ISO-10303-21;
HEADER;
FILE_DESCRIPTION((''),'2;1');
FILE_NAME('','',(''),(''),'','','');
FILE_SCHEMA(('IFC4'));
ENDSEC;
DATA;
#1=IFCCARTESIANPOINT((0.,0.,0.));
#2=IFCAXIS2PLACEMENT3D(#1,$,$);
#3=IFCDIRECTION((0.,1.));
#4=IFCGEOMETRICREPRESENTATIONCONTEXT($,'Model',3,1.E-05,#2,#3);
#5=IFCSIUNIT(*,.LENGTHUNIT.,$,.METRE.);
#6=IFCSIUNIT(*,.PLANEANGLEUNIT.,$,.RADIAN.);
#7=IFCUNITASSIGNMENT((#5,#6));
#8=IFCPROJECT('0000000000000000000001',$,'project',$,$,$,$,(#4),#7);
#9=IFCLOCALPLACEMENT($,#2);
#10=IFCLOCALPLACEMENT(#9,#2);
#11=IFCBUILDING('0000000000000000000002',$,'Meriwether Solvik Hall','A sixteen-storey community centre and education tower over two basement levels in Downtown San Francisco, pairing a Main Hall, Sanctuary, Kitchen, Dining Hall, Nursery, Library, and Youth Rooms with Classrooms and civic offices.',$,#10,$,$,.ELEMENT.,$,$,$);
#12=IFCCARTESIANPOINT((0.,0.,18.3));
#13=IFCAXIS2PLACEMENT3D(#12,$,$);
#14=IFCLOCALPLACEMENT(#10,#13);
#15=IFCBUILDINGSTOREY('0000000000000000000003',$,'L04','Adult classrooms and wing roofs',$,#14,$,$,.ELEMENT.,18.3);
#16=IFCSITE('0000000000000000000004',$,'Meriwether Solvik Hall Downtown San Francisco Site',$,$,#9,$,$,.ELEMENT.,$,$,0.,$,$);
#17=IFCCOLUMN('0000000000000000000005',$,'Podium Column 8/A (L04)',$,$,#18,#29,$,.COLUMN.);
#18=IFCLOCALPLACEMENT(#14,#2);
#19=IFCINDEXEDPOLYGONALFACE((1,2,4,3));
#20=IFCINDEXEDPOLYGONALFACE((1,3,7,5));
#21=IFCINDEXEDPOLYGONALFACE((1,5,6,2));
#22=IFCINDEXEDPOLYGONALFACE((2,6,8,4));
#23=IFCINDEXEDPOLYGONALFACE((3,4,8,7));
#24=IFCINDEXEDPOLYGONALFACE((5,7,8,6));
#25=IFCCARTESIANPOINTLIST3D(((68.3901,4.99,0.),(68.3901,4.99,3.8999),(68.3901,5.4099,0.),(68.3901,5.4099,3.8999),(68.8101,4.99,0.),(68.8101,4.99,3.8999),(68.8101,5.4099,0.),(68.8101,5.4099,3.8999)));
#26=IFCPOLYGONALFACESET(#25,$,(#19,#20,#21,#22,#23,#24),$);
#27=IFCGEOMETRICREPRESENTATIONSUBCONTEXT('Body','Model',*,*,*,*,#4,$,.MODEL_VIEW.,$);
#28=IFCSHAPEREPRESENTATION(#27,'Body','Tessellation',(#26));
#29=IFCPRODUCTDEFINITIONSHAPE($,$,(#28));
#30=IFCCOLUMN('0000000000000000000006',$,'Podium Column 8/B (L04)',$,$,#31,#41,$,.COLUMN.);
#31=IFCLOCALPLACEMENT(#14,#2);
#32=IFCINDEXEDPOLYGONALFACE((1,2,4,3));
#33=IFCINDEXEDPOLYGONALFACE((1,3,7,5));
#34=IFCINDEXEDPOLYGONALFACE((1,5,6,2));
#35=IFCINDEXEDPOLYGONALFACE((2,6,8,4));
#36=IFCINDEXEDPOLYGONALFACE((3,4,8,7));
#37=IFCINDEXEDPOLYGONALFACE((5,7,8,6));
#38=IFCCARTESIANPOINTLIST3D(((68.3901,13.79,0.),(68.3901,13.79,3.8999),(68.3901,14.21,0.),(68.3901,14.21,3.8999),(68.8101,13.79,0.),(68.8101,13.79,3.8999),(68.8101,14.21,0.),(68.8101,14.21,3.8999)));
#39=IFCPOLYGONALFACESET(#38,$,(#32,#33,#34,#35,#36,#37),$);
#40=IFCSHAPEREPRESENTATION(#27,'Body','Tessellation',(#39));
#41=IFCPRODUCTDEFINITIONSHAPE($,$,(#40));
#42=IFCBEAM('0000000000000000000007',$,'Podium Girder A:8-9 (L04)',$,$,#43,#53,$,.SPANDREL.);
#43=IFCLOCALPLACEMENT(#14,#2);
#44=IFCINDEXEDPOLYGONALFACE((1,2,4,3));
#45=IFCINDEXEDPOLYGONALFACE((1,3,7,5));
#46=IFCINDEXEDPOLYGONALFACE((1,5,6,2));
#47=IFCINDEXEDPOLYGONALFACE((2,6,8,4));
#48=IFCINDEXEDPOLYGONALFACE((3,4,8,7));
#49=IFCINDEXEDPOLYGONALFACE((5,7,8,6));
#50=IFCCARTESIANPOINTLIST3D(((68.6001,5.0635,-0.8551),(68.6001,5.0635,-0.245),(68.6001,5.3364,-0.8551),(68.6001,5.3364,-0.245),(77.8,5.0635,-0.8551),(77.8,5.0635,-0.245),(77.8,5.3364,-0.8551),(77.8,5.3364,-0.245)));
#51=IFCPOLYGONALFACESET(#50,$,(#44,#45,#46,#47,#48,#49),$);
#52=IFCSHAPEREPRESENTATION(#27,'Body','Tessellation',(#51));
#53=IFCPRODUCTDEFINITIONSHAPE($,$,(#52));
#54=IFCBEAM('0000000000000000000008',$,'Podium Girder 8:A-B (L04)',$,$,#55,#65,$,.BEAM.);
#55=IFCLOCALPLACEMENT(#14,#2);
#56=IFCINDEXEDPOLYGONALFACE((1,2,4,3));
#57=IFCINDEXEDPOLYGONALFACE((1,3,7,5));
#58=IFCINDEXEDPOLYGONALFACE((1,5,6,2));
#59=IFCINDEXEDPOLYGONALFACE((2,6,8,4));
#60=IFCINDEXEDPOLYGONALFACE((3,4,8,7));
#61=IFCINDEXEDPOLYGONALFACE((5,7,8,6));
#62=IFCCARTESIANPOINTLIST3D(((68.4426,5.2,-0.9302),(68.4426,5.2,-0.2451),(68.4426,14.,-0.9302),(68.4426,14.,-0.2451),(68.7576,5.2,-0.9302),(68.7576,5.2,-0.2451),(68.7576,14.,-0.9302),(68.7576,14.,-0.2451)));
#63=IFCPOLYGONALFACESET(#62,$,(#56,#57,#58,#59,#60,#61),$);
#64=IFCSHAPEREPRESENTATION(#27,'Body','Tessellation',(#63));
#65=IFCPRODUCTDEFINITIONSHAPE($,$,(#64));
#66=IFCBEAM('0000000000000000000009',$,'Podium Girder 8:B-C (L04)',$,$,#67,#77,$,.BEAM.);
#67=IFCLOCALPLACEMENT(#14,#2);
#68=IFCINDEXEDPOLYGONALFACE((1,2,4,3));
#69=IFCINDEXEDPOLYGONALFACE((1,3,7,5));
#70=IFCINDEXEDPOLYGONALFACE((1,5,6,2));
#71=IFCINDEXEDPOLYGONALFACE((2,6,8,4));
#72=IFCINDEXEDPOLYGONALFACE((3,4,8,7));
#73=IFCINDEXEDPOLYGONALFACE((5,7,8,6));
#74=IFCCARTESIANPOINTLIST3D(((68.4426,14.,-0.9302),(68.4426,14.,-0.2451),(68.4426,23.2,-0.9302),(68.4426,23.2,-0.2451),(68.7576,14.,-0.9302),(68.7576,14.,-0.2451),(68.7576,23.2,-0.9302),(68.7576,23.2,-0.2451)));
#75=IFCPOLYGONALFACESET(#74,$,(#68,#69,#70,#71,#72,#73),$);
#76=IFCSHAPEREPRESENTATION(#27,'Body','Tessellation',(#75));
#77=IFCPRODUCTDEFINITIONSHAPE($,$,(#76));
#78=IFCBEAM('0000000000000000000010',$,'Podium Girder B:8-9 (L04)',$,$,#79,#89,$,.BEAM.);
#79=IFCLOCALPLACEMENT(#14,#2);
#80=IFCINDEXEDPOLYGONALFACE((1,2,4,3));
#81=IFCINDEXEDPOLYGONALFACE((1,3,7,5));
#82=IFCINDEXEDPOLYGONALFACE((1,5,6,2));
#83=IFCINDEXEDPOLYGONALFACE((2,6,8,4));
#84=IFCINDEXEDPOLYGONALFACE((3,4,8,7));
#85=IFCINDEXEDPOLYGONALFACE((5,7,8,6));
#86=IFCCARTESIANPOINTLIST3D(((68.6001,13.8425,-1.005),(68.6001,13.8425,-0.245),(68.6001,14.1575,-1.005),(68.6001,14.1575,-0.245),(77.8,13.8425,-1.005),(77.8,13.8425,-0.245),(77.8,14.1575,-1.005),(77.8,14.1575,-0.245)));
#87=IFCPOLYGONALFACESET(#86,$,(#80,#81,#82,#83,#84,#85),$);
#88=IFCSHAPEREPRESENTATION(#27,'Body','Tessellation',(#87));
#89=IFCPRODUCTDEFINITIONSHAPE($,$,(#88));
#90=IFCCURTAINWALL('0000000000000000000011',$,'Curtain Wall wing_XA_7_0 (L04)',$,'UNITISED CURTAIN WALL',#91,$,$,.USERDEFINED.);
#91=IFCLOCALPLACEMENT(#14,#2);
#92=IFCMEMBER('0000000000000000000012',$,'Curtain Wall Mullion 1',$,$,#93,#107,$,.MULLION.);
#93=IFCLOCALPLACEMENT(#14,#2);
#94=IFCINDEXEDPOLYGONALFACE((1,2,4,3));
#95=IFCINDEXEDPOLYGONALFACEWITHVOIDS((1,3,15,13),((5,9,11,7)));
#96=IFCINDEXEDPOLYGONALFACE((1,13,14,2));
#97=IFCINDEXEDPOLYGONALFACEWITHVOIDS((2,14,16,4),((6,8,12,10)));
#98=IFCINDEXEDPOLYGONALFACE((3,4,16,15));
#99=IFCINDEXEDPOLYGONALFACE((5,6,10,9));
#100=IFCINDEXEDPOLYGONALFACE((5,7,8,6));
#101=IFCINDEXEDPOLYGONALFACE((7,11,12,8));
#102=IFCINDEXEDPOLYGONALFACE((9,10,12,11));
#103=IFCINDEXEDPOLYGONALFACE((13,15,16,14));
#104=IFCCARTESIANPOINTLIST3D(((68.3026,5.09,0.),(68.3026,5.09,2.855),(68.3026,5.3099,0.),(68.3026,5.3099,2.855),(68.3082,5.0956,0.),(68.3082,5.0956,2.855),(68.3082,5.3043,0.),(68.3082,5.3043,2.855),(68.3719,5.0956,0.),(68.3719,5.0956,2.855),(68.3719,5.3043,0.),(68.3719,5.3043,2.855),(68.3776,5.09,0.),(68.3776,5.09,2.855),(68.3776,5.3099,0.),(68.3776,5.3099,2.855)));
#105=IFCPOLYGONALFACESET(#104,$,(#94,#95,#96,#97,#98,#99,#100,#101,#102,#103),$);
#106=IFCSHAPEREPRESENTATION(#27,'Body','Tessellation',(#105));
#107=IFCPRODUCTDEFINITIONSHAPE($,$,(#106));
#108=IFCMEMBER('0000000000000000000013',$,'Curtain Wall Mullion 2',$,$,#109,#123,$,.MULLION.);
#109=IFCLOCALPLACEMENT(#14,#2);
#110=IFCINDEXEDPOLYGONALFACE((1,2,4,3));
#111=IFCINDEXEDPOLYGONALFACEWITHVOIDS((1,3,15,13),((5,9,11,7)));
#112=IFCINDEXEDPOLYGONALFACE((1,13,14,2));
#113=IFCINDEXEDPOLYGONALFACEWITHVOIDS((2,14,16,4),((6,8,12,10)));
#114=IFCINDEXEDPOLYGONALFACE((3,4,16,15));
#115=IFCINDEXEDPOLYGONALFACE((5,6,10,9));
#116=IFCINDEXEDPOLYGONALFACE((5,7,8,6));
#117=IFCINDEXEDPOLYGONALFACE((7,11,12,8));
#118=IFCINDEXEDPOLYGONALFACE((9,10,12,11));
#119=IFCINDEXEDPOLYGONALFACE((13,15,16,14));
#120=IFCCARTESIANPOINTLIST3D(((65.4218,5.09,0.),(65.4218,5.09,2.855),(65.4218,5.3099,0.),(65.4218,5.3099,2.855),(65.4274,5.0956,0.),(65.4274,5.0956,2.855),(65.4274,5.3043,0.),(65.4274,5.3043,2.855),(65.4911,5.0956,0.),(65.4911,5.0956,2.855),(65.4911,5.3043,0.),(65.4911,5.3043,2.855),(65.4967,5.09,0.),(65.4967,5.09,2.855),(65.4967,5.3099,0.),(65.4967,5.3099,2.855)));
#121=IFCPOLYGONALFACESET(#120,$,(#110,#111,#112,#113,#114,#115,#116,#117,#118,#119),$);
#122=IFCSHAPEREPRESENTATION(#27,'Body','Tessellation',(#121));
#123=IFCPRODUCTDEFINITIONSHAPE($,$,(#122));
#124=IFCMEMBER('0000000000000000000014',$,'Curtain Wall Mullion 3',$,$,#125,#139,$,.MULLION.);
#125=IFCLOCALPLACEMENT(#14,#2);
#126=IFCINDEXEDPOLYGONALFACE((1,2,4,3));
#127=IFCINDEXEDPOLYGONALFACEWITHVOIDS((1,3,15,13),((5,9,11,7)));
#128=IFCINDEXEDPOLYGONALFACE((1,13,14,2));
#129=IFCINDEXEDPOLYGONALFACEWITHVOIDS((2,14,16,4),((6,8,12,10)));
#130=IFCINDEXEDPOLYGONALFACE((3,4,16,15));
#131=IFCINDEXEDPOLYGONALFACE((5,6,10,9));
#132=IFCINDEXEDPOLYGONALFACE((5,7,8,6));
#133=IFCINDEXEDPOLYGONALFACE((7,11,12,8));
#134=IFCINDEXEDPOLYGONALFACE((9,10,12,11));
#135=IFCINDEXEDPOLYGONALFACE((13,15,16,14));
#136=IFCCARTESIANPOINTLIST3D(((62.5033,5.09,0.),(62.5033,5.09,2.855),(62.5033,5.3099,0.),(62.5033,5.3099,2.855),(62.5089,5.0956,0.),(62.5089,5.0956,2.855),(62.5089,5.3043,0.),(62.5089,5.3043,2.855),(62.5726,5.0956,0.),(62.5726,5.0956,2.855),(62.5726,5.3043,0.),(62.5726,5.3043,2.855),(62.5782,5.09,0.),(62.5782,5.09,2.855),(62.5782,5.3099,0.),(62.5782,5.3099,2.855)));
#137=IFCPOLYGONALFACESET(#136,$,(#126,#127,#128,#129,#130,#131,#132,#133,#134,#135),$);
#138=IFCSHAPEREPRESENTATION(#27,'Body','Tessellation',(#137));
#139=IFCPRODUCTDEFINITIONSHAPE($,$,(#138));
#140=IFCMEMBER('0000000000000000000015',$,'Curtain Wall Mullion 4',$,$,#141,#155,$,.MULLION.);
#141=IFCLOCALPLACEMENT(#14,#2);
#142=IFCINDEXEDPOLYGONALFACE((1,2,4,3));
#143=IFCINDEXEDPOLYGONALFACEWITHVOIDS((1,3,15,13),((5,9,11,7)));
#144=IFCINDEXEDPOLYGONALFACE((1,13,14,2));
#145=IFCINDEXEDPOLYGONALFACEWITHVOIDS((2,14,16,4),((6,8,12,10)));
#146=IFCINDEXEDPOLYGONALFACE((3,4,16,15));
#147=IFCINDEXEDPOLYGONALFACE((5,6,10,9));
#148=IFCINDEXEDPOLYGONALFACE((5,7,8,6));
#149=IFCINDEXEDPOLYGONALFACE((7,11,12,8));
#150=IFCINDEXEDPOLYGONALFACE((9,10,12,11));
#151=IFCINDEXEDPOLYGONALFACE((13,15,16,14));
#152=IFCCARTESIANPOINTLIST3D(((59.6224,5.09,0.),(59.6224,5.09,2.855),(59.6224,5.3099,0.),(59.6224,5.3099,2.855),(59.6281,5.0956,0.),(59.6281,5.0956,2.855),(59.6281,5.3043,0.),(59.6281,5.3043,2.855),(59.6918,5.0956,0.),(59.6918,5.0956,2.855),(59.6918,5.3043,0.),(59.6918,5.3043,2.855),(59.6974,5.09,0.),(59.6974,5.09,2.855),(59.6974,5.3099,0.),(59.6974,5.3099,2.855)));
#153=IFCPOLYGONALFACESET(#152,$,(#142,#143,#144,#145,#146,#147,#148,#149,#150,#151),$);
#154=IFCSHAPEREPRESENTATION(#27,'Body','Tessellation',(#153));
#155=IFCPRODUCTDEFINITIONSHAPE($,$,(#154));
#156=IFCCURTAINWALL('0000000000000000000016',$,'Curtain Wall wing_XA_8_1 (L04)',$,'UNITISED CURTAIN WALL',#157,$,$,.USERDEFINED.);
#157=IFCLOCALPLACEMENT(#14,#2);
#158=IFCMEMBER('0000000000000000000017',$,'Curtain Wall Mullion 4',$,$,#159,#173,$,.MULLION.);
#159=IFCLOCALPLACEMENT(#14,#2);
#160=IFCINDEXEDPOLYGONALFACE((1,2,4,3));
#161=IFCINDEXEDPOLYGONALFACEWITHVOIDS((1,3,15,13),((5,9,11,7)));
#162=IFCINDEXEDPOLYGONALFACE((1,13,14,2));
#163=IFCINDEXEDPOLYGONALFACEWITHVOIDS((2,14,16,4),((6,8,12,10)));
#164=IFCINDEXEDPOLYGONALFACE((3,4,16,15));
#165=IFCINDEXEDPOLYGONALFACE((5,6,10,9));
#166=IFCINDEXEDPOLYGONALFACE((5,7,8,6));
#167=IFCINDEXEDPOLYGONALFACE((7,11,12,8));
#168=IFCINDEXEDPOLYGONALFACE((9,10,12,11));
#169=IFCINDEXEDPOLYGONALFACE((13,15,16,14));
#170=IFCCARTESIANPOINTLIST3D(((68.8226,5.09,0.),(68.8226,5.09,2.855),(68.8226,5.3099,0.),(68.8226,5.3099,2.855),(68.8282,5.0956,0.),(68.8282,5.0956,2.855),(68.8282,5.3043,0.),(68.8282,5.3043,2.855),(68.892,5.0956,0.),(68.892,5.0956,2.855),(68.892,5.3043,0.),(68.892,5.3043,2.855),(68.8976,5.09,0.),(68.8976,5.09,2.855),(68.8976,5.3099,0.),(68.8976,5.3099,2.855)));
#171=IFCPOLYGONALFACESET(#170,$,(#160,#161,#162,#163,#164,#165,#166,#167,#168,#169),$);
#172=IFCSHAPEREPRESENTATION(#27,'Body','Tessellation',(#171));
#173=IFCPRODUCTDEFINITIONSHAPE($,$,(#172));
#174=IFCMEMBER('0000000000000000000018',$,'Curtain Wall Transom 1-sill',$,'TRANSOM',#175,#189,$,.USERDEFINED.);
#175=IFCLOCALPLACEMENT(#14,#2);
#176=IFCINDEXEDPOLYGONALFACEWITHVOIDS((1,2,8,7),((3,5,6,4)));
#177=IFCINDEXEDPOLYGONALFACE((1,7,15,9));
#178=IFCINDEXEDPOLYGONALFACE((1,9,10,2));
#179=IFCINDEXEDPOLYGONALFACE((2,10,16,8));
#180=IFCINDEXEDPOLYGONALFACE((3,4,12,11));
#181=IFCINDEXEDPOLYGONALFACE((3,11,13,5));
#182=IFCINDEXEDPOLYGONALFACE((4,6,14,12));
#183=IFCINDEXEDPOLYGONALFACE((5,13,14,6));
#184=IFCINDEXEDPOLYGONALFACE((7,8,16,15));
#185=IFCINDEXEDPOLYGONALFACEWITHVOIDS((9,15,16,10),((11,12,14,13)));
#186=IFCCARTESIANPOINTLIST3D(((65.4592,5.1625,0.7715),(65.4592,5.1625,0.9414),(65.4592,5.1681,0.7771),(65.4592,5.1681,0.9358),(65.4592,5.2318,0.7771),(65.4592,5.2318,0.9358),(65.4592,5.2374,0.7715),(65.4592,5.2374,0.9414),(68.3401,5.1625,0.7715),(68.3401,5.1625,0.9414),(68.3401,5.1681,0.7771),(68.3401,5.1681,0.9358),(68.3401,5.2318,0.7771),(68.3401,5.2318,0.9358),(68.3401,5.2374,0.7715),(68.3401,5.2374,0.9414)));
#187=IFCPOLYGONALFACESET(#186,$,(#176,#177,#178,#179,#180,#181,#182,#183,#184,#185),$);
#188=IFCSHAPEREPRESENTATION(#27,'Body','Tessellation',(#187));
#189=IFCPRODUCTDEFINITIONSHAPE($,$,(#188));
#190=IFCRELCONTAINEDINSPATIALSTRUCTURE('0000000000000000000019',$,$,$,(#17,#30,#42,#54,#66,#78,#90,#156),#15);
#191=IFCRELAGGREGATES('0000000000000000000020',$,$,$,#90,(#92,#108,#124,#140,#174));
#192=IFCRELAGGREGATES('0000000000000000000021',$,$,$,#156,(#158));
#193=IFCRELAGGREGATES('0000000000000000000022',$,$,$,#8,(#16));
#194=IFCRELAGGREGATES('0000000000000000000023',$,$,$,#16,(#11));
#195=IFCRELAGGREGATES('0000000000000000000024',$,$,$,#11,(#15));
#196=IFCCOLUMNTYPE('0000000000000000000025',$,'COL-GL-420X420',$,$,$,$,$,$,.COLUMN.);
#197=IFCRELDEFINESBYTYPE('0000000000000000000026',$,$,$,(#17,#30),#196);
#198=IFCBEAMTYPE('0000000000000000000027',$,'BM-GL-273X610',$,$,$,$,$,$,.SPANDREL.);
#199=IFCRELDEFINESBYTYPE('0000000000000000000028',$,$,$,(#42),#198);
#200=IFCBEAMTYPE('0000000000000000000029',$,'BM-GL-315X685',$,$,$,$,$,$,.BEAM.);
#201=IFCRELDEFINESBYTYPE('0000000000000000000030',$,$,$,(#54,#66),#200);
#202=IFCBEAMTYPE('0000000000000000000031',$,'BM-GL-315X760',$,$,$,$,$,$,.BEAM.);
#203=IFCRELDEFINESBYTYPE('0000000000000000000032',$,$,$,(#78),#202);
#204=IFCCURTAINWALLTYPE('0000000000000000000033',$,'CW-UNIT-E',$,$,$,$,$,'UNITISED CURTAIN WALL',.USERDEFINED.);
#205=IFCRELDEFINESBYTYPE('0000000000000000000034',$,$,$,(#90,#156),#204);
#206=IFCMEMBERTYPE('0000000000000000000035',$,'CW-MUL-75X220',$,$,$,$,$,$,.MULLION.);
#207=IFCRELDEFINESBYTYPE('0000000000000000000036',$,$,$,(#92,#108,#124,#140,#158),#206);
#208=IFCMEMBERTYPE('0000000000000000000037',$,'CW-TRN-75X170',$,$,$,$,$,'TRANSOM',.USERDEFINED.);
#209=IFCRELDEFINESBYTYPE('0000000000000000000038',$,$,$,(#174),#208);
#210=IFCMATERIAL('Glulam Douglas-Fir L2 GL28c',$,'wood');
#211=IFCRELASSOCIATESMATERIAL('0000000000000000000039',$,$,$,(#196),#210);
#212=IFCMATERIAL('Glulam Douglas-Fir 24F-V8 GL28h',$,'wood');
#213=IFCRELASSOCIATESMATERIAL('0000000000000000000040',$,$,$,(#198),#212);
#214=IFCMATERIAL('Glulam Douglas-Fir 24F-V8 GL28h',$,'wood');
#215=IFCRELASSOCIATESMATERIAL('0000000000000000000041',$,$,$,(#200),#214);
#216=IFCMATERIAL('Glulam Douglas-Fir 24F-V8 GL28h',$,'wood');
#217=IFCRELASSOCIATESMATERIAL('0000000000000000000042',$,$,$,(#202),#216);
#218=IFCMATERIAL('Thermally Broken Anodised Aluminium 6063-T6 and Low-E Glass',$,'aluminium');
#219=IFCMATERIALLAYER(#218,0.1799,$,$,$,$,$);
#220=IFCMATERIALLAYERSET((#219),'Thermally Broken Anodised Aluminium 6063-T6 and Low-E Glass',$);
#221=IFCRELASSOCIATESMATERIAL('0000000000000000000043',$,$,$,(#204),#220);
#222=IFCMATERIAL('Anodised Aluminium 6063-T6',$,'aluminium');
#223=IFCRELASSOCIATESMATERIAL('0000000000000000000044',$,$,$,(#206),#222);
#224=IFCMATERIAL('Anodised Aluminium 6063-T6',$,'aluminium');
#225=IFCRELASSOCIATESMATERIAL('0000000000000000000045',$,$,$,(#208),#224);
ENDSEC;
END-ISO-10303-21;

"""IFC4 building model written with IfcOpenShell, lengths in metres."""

from ifc_helpers import new_model, si_unit, direction, frame, origin, origin_2d, place, context, subcontext, project, spatial, rectangle, hollow_rectangle, extrude, material, layer, layer_set, material_profile, profile_set, type_object, element, aggregate, save


model = new_model("IFC4")

# Units and contexts
model_context = context("Model", 3, precision=1e-05, world=origin(), true_north=direction((0.0, 1.0)))
body_context = subcontext(model_context, "Body", "Model", "MODEL_VIEW")
ifc_project = project(units=[si_unit("LENGTHUNIT", "METRE"), si_unit("PLANEANGLEUNIT", "RADIAN")], contexts=[model_context])

# Site, building, storey
site_placement = place(None, origin())
site = spatial("IfcSite", under=ifc_project, at=site_placement, Name="Meriwether Solvik Hall Downtown San Francisco Site", CompositionType="ELEMENT", RefElevation=0.0)
building_placement = place(site_placement, origin())
building = spatial("IfcBuilding", under=site, at=building_placement, Name="Meriwether Solvik Hall", Description="A sixteen-storey community centre and education tower over two basement levels in Downtown San Francisco, pairing a Main Hall, Sanctuary, Kitchen, Dining Hall, Nursery, Library, and Youth Rooms with Classrooms and civic offices.", CompositionType="ELEMENT")
storey_placement = place(building_placement, frame((0.0, 0.0, 18.3)))
storey = spatial("IfcBuildingStorey", under=building, at=storey_placement, Name="L04", Description="Adult classrooms and wing roofs", CompositionType="ELEMENT", Elevation=18.3)

# Columns
ifc_material_1 = material(Name="Glulam Douglas-Fir L2 GL28c", Category="wood")
ifc_material_profile_1 = material_profile(ifc_material_1, rectangle(XDim=0.4199, YDim=0.4199, at=origin_2d()), Name="GLC-420X420")
ifc_profile_set_1 = profile_set([ifc_material_profile_1], Name="Glulam Douglas-Fir L2 GL28c")
column_type = type_object("IfcColumnType", Name="COL-GL-420X420", PredefinedType="COLUMN", material=ifc_profile_set_1)
for number, where, z_axis, x_axis, name in (
    (1, (68.6001, 5.2, 0.0), (0.0, 0.0, 1.0), (1.0, 0.0, 0.0), "Podium Column 8/A (L04)"),
    (2, (68.6001, 14.0, 0.0), (0.0, 0.0, 1.0), (1.0, 0.0, 0.0), "Podium Column 8/B (L04)"),
):
    element("IfcColumn", number, at=place(storey_placement, frame(where, z_axis=z_axis, x_axis=x_axis)), inside=storey, type_object=column_type, Name=name, PredefinedType="COLUMN", context=body_context, shape_type="SweptSolid", body=[
        extrude(rectangle(XDim=0.4199, YDim=0.4199, at=origin_2d()), origin(), (0.0, 0.0, 1.0), 3.8999),
    ])

# Beams
ifc_material_2 = material(Name="Glulam Douglas-Fir 24F-V8 GL28h", Category="wood")
ifc_material_profile_2 = material_profile(ifc_material_2, rectangle(XDim=0.2729, YDim=0.6101, at=origin_2d()), Name="GLB-273X610")
ifc_profile_set_2 = profile_set([ifc_material_profile_2], Name="Glulam Douglas-Fir 24F-V8 GL28h")
beam_type_1 = type_object("IfcBeamType", Name="BM-GL-273X610", PredefinedType="SPANDREL", material=ifc_profile_set_2)
beam_1_placement = place(storey_placement, frame((68.6001, 5.2, -0.55), z_axis=(1.0, 0.0, 0.0), x_axis=(0.0, 1.0, 0.0)))
element("IfcBeam", 3, at=beam_1_placement, inside=storey, type_object=beam_type_1, Name="Podium Girder A:8-9 (L04)", PredefinedType="SPANDREL", context=body_context, shape_type="SweptSolid", body=[
    extrude(rectangle(XDim=0.2729, YDim=0.6101, at=origin_2d()), origin(), (0.0, 0.0, 1.0), 9.2),
])
ifc_material_3 = material(Name="Glulam Douglas-Fir 24F-V8 GL28h", Category="wood")
ifc_material_profile_3 = material_profile(ifc_material_3, rectangle(XDim=0.3149, YDim=0.6851, at=origin_2d()), Name="GLB-315X685")
ifc_profile_set_3 = profile_set([ifc_material_profile_3], Name="Glulam Douglas-Fir 24F-V8 GL28h")
beam_type_2 = type_object("IfcBeamType", Name="BM-GL-315X685", PredefinedType="BEAM", material=ifc_profile_set_3)
beam_2_placement = place(storey_placement, frame((68.6001, 5.2, -0.5876), z_axis=(0.0, 1.0, 0.0), x_axis=(-1.0, 0.0, 0.0)))
element("IfcBeam", 4, at=beam_2_placement, inside=storey, type_object=beam_type_2, Name="Podium Girder 8:A-B (L04)", PredefinedType="BEAM", context=body_context, shape_type="SweptSolid", body=[
    extrude(rectangle(XDim=0.3149, YDim=0.6851, at=origin_2d()), origin(), (0.0, 0.0, 1.0), 8.8),
])
beam_3_placement = place(storey_placement, frame((68.6001, 14.0, -0.5876), z_axis=(0.0, 1.0, 0.0), x_axis=(-1.0, 0.0, 0.0)))
element("IfcBeam", 5, at=beam_3_placement, inside=storey, type_object=beam_type_2, Name="Podium Girder 8:B-C (L04)", PredefinedType="BEAM", context=body_context, shape_type="SweptSolid", body=[
    extrude(rectangle(XDim=0.3149, YDim=0.6851, at=origin_2d()), origin(), (0.0, 0.0, 1.0), 9.2),
])
ifc_material_4 = material(Name="Glulam Douglas-Fir 24F-V8 GL28h", Category="wood")
ifc_material_profile_4 = material_profile(ifc_material_4, rectangle(XDim=0.3149, YDim=0.76, at=origin_2d()), Name="GLB-315X760")
ifc_profile_set_4 = profile_set([ifc_material_profile_4], Name="Glulam Douglas-Fir 24F-V8 GL28h")
beam_type_3 = type_object("IfcBeamType", Name="BM-GL-315X760", PredefinedType="BEAM", material=ifc_profile_set_4)
beam_4_placement = place(storey_placement, frame((68.6001, 14.0, -0.625), z_axis=(1.0, 0.0, 0.0), x_axis=(0.0, 1.0, 0.0)))
element("IfcBeam", 6, at=beam_4_placement, inside=storey, type_object=beam_type_3, Name="Podium Girder B:8-9 (L04)", PredefinedType="BEAM", context=body_context, shape_type="SweptSolid", body=[
    extrude(rectangle(XDim=0.3149, YDim=0.76, at=origin_2d()), origin(), (0.0, 0.0, 1.0), 9.2),
])

# Curtain wall, members
ifc_material_5 = material(Name="Thermally Broken Anodised Aluminium 6063-T6 and Low-E Glass", Category="aluminium")
ifc_layer_1 = layer(ifc_material_5, 0.1799)
ifc_layer_set_1 = layer_set([ifc_layer_1], Name="Thermally Broken Anodised Aluminium 6063-T6 and Low-E Glass")
curtain_wall_type = type_object("IfcCurtainWallType", Name="CW-UNIT-E", ElementType="UNITISED CURTAIN WALL", PredefinedType="USERDEFINED", material=ifc_layer_set_1)
curtain_wall_1_placement = place(storey_placement, origin())
curtain_wall_1 = element("IfcCurtainWall", 7, at=curtain_wall_1_placement, inside=storey, type_object=curtain_wall_type, Name="Curtain Wall wing_XA_7_0 (L04)", ObjectType="UNITISED CURTAIN WALL", PredefinedType="USERDEFINED")
ifc_material_6 = material(Name="Anodised Aluminium 6063-T6", Category="aluminium")
ifc_material_profile_5 = material_profile(ifc_material_6, hollow_rectangle(XDim=0.075, YDim=0.22, WallThickness=0.0056, at=origin_2d()), Name="CWM-75X220")
ifc_profile_set_5 = profile_set([ifc_material_profile_5], Name="Anodised Aluminium 6063-T6")
member_type_1 = type_object("IfcMemberType", Name="CW-MUL-75X220", PredefinedType="MULLION", material=ifc_profile_set_5)
member_1_placement = place(storey_placement, frame((68.3401, 5.2, 0.0), z_axis=(0.0, 0.0, 1.0), x_axis=(-1.0, 0.0, 0.0)))
member_1 = element("IfcMember", 8, at=member_1_placement, type_object=member_type_1, Name="Curtain Wall Mullion 1", PredefinedType="MULLION", context=body_context, shape_type="SweptSolid", body=[
    extrude(hollow_rectangle(XDim=0.075, YDim=0.22, WallThickness=0.0056, at=origin_2d()), origin(), (0.0, 0.0, 1.0), 2.855),
])
member_2_placement = place(storey_placement, frame((65.4592, 5.2, 0.0), z_axis=(0.0, 0.0, 1.0), x_axis=(-1.0, 0.0, 0.0)))
member_2 = element("IfcMember", 9, at=member_2_placement, type_object=member_type_1, Name="Curtain Wall Mullion 2", PredefinedType="MULLION", context=body_context, shape_type="SweptSolid", body=[
    extrude(hollow_rectangle(XDim=0.075, YDim=0.22, WallThickness=0.0056, at=origin_2d()), origin(), (0.0, 0.0, 1.0), 2.855),
])
member_3_placement = place(storey_placement, frame((62.5408, 5.2, 0.0), z_axis=(0.0, 0.0, 1.0), x_axis=(-1.0, 0.0, 0.0)))
member_3 = element("IfcMember", 10, at=member_3_placement, type_object=member_type_1, Name="Curtain Wall Mullion 3", PredefinedType="MULLION", context=body_context, shape_type="SweptSolid", body=[
    extrude(hollow_rectangle(XDim=0.075, YDim=0.22, WallThickness=0.0056, at=origin_2d()), origin(), (0.0, 0.0, 1.0), 2.855),
])
member_4_placement = place(storey_placement, frame((59.6599, 5.2, 0.0), z_axis=(0.0, 0.0, 1.0), x_axis=(-1.0, 0.0, 0.0)))
member_4 = element("IfcMember", 11, at=member_4_placement, type_object=member_type_1, Name="Curtain Wall Mullion 4", PredefinedType="MULLION", context=body_context, shape_type="SweptSolid", body=[
    extrude(hollow_rectangle(XDim=0.075, YDim=0.22, WallThickness=0.0056, at=origin_2d()), origin(), (0.0, 0.0, 1.0), 2.855),
])

# Curtain wall, member
curtain_wall_2_placement = place(storey_placement, origin())
curtain_wall_2 = element("IfcCurtainWall", 12, at=curtain_wall_2_placement, inside=storey, type_object=curtain_wall_type, Name="Curtain Wall wing_XA_8_1 (L04)", ObjectType="UNITISED CURTAIN WALL", PredefinedType="USERDEFINED")
member_5_placement = place(storey_placement, frame((68.8601, 5.2, 0.0), z_axis=(0.0, 0.0, 1.0), x_axis=(-1.0, 0.0, 0.0)))
member_5 = element("IfcMember", 13, at=member_5_placement, type_object=member_type_1, Name="Curtain Wall Mullion 4", PredefinedType="MULLION", context=body_context, shape_type="SweptSolid", body=[
    extrude(hollow_rectangle(XDim=0.075, YDim=0.22, WallThickness=0.0056, at=origin_2d()), origin(), (0.0, 0.0, 1.0), 2.855),
])

# Member
ifc_material_7 = material(Name="Anodised Aluminium 6063-T6", Category="aluminium")
ifc_material_profile_6 = material_profile(ifc_material_7, hollow_rectangle(XDim=0.075, YDim=0.1699, WallThickness=0.0056, at=origin_2d()), Name="CWT-75X170")
ifc_profile_set_6 = profile_set([ifc_material_profile_6], Name="Anodised Aluminium 6063-T6")
member_type_2 = type_object("IfcMemberType", Name="CW-TRN-75X170", ElementType="TRANSOM", PredefinedType="USERDEFINED", material=ifc_profile_set_6)
member_6_placement = place(storey_placement, frame((68.3401, 5.2, 0.8564), z_axis=(-1.0, 0.0, 0.0), x_axis=(0.0, -1.0, 0.0)))
member_6 = element("IfcMember", 14, at=member_6_placement, type_object=member_type_2, Name="Curtain Wall Transom 1-sill", ObjectType="TRANSOM", PredefinedType="USERDEFINED", context=body_context, shape_type="SweptSolid", body=[
    extrude(hollow_rectangle(XDim=0.075, YDim=0.1699, WallThickness=0.0056, at=origin_2d()), origin(), (0.0, 0.0, 1.0), 2.8809),
])

aggregate(curtain_wall_1, [member_1, member_2, member_3, member_4, member_6])
aggregate(curtain_wall_2, [member_5])

save(model, "model.ifc")
